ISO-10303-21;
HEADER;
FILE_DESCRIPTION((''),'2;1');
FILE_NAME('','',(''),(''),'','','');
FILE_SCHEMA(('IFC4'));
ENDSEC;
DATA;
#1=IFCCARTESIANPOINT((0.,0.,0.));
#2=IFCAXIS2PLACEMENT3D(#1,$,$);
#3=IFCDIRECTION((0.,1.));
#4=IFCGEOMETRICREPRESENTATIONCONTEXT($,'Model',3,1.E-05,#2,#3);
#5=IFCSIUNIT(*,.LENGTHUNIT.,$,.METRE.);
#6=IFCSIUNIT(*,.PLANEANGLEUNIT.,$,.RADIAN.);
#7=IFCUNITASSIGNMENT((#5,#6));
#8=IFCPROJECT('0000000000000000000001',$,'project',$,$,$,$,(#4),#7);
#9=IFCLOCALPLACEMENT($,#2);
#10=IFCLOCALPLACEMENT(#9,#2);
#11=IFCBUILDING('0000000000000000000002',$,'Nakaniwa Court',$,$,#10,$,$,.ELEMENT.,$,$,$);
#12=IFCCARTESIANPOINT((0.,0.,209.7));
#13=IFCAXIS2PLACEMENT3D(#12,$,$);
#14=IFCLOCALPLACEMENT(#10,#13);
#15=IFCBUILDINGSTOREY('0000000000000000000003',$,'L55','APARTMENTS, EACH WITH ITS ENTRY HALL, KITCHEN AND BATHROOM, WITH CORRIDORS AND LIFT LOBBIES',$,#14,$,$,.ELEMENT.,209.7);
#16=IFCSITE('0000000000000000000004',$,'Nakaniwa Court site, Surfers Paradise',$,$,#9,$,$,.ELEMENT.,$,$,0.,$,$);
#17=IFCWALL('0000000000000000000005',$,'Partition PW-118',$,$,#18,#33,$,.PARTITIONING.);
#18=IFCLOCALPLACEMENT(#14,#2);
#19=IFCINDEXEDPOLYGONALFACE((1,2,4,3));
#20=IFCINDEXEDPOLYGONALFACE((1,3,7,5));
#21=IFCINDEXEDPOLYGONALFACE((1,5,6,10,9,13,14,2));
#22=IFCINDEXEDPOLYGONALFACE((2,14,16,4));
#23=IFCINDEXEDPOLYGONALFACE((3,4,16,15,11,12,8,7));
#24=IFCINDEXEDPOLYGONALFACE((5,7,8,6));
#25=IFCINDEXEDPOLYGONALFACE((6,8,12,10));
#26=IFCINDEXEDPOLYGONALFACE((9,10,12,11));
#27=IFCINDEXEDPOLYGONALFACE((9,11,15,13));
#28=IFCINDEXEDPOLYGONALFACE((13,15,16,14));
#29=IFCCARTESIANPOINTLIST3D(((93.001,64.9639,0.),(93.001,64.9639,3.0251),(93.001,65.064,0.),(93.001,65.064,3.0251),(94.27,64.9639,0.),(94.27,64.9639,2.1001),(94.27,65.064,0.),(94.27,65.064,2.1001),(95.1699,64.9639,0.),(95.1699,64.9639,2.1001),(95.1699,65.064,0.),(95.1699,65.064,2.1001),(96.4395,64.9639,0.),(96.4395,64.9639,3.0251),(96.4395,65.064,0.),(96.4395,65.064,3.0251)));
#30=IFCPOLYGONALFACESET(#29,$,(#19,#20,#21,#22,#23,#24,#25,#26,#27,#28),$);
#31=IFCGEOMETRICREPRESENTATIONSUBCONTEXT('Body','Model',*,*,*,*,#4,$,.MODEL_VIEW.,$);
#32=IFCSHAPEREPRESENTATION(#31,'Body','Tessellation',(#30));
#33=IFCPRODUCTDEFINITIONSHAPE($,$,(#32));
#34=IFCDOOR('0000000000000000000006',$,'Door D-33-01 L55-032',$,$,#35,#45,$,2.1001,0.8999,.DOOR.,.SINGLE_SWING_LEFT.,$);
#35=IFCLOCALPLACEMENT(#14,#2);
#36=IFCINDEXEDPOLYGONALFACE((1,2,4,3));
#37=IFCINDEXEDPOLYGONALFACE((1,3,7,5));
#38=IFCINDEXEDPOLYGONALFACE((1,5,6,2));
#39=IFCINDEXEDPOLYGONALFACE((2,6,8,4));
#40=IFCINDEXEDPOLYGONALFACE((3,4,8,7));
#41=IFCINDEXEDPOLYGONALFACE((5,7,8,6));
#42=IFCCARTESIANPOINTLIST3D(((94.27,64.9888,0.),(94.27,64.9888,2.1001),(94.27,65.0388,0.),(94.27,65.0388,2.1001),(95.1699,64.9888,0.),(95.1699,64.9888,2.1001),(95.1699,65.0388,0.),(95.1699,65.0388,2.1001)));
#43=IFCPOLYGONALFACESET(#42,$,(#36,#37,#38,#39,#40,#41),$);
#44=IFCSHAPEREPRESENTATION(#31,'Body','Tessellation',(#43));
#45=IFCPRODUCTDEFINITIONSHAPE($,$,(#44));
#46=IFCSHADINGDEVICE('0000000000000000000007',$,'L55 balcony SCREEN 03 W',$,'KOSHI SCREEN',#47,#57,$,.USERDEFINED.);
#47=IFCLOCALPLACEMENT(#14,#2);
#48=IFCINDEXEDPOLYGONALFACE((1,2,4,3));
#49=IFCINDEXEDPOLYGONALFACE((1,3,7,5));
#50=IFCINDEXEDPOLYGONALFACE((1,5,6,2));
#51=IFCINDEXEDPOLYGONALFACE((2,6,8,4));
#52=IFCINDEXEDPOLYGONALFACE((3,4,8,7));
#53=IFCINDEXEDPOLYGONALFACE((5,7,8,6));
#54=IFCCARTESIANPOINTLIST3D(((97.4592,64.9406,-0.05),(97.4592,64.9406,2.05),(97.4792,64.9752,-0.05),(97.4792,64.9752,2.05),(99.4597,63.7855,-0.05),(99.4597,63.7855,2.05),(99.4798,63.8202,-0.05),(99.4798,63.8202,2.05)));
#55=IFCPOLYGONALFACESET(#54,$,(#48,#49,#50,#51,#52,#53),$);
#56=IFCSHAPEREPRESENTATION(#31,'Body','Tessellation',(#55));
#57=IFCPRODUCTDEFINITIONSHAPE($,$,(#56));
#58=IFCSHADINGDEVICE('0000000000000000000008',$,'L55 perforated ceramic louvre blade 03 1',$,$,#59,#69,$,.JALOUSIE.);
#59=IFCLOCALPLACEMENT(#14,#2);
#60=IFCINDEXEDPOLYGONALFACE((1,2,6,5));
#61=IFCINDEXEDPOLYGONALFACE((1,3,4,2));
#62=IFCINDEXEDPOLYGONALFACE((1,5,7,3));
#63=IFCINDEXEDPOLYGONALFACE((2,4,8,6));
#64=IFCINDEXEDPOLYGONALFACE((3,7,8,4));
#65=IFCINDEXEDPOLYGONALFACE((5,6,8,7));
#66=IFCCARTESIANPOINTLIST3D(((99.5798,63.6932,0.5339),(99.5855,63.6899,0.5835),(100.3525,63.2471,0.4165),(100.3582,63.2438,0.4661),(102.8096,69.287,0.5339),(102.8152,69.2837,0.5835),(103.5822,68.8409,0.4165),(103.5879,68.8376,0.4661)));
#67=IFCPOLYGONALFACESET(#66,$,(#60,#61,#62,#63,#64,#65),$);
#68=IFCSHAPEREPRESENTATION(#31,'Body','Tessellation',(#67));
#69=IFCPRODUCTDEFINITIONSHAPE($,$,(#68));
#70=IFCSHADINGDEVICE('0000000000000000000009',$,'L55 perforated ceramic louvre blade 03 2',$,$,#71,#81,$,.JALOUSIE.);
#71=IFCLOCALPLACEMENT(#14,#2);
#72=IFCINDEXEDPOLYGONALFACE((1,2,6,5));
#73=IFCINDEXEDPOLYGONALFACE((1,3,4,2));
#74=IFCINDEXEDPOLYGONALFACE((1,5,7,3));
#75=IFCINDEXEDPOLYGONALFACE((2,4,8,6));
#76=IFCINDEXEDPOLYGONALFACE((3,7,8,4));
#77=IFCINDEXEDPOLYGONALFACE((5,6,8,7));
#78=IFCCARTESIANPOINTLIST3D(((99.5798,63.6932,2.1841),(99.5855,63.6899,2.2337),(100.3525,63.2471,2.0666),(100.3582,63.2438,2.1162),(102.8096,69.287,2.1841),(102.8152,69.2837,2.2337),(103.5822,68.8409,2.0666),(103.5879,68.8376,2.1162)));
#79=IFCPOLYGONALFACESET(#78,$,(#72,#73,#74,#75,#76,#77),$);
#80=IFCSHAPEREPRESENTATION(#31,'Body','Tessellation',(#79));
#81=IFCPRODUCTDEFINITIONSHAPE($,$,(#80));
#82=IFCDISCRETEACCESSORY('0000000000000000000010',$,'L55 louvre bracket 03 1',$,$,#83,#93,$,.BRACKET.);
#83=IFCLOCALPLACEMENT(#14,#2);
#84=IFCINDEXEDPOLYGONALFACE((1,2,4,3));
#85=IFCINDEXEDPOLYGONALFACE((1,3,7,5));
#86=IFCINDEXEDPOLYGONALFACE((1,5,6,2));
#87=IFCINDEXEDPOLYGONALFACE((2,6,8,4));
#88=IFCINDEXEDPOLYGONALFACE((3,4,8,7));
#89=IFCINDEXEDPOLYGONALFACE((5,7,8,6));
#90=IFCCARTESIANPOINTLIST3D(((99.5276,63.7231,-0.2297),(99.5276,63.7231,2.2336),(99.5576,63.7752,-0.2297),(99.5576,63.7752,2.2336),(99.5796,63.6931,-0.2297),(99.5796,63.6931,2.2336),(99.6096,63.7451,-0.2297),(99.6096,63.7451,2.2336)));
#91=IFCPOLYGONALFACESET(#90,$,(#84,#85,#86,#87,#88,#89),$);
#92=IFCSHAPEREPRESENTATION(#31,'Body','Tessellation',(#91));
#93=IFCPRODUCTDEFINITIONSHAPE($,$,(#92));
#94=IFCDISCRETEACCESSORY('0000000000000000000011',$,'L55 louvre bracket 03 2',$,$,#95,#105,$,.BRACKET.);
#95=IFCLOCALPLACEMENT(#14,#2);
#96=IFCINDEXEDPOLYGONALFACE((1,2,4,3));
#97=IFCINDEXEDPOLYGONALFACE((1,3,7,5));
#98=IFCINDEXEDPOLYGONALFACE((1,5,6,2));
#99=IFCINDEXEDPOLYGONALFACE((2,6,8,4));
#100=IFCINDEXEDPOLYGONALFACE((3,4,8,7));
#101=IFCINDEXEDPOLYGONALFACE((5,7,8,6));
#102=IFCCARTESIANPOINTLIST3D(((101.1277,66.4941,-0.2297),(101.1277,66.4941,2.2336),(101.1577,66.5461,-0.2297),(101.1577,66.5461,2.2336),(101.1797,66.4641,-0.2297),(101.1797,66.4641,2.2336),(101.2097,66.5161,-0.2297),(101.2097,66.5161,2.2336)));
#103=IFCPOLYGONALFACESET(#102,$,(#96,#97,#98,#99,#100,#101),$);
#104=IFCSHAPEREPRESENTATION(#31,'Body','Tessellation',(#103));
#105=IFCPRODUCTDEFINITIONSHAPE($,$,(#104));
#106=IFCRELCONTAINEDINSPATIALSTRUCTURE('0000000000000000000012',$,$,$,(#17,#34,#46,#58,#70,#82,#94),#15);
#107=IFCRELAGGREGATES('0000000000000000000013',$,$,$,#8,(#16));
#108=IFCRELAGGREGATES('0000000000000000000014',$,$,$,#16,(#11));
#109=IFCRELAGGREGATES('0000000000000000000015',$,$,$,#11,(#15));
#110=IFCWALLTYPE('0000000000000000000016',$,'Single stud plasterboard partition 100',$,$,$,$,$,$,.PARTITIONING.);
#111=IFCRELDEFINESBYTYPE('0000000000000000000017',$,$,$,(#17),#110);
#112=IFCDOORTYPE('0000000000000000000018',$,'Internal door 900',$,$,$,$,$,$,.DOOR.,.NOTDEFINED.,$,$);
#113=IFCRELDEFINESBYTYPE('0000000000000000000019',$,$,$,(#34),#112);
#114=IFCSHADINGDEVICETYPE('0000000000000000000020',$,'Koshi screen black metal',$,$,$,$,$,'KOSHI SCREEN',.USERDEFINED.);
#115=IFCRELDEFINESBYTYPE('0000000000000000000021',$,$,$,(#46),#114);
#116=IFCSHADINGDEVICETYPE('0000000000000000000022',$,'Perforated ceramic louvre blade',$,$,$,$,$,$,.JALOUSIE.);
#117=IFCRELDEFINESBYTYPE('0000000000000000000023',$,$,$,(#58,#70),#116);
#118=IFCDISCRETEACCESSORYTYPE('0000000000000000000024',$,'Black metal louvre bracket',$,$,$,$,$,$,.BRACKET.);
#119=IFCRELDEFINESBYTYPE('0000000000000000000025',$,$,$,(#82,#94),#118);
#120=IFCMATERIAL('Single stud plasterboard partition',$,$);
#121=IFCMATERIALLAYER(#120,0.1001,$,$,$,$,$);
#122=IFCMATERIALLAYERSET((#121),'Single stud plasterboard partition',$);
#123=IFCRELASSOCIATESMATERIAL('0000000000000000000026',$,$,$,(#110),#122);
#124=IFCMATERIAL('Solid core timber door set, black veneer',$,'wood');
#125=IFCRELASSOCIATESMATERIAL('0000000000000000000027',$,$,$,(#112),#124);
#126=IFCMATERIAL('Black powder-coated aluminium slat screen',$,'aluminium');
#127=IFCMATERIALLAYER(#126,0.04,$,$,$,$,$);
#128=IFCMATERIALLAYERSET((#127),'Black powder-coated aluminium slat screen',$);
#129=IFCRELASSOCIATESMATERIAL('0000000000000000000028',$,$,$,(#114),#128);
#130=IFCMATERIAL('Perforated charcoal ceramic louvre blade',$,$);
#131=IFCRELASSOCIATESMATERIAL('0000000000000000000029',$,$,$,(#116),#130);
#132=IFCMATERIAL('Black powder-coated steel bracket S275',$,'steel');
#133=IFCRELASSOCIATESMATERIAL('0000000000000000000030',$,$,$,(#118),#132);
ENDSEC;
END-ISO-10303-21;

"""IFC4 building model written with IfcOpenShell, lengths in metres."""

from ifc_helpers import new_model, si_unit, direction, frame, frame_2d, origin, origin_2d, place, context, subcontext, project, spatial, rectangle, extrude, material, layer, layer_set, material_profile, profile_set, type_object, element, fill, save


model = new_model("IFC4")

# Units and contexts
model_context = context("Model", 3, precision=1e-05, world=origin(), true_north=direction((0.0, 1.0)))
body_context = subcontext(model_context, "Body", "Model", "MODEL_VIEW")
ifc_project = project(units=[si_unit("LENGTHUNIT", "METRE"), si_unit("PLANEANGLEUNIT", "RADIAN")], contexts=[model_context])

# Site, building, storey
site_placement = place(None, origin())
site = spatial("IfcSite", under=ifc_project, at=site_placement, Name="Nakaniwa Court site, Surfers Paradise", CompositionType="ELEMENT", RefElevation=0.0)
building_placement = place(site_placement, origin())
building = spatial("IfcBuilding", under=site, at=building_placement, Name="Nakaniwa Court", CompositionType="ELEMENT")
storey_placement = place(building_placement, frame((0.0, 0.0, 209.7)))
storey = spatial("IfcBuildingStorey", under=building, at=storey_placement, Name="L55", Description="APARTMENTS, EACH WITH ITS ENTRY HALL, KITCHEN AND BATHROOM, WITH CORRIDORS AND LIFT LOBBIES", CompositionType="ELEMENT", Elevation=209.7)

# Shared definitions
ifc_material_1 = material(Name="Solid core timber door set, black veneer", Category="wood")

# Wall, opening, door
ifc_material_2 = material(Name="Single stud plasterboard partition")
ifc_layer_1 = layer(ifc_material_2, 0.1001)
ifc_layer_set_1 = layer_set([ifc_layer_1], Name="Single stud plasterboard partition")
wall_type_1 = type_object("IfcWallType", Name="Single stud plasterboard partition 100", PredefinedType="PARTITIONING", material=ifc_layer_set_1)
wall_1_placement = place(storey_placement, frame((93.001, 65.0139, 0.0), z_axis=(0.0, 0.0, 1.0), x_axis=(1.0, 0.0, 0.0)))
wall_1 = element("IfcWall", 1, at=wall_1_placement, inside=storey, type_object=wall_type_1, Name="Partition PW-118", PredefinedType="PARTITIONING", context=body_context, shape_type="SweptSolid", body=[
    extrude(rectangle(XDim=3.4385, YDim=0.1001, at=frame_2d((1.7192, 0.0))), origin(), (0.0, 0.0, 1.0), 3.0251),
])
opening_1_placement = place(wall_1_placement, frame((1.269, 0.0, 0.0)))
opening_1 = element("IfcOpeningElement", 2, at=opening_1_placement, cuts=wall_1, PredefinedType="OPENING", context=body_context, shape_type="SweptSolid", body=[
    extrude(rectangle(XDim=0.8999, YDim=2.1001, at=frame_2d((0.45, 1.05))), frame((0.0, 0.0601, 0.0), z_axis=(0.0, -1.0, 0.0), x_axis=(1.0, 0.0, 0.0)), (0.0, 0.0, 1.0), 0.1201),
])
door_type_1 = type_object("IfcDoorType", Name="Internal door 900", OperationType="NOTDEFINED", PredefinedType="DOOR", material=ifc_material_1)
door_1_placement = place(opening_1_placement, origin())
door_1 = element("IfcDoor", 3, at=door_1_placement, inside=storey, type_object=door_type_1, Name="Door D-33-01 L55-032", OperationType="SINGLE_SWING_LEFT", OverallHeight=2.1001, OverallWidth=0.8999, PredefinedType="DOOR", context=body_context, shape_type="SweptSolid", body=[
    extrude(rectangle(XDim=0.8999, YDim=2.1001, at=frame_2d((0.45, 1.05))), frame((0.0, 0.0249, 0.0), z_axis=(0.0, -1.0, 0.0), x_axis=(1.0, 0.0, 0.0)), (0.0, 0.0, 1.0), 0.05),
])
fill(opening_1, door_1)

# Shading devices
ifc_material_3 = material(Name="Black powder-coated aluminium slat screen", Category="aluminium")
ifc_layer_2 = layer(ifc_material_3, 0.04)
ifc_layer_set_2 = layer_set([ifc_layer_2], Name="Black powder-coated aluminium slat screen")
shading_device_type_1 = type_object("IfcShadingDeviceType", Name="Koshi screen black metal", ElementType="KOSHI SCREEN", PredefinedType="USERDEFINED", material=ifc_layer_set_2)
shading_device_placement = place(storey_placement, frame((98.4695, 64.3804, -0.05), z_axis=(0.0, 0.0, 1.0), x_axis=(0.500017, 0.866016, 0.0)))
element("IfcShadingDevice", 4, at=shading_device_placement, inside=storey, type_object=shading_device_type_1, Name="L55 balcony SCREEN 03 W", ObjectType="KOSHI SCREEN", PredefinedType="USERDEFINED", context=body_context, shape_type="SweptSolid", body=[
    extrude(rectangle(XDim=0.04, YDim=2.3101, at=origin_2d()), origin(), (0.0, 0.0, 1.0), 2.1001),
])
ifc_material_4 = material(Name="Perforated charcoal ceramic louvre blade")
ifc_material_profile_1 = material_profile(ifc_material_4, rectangle(XDim=0.8999, YDim=0.05, at=origin_2d()), Name="Perforated ceramic louvre blade")
ifc_profile_set_1 = profile_set([ifc_material_profile_1], Name="Perforated charcoal ceramic louvre blade")
shading_device_type_2 = type_object("IfcShadingDeviceType", Name="Perforated ceramic louvre blade", PredefinedType="JALOUSIE", material=ifc_profile_set_1)
for number, where, z_axis, x_axis, name in (
    (5, (99.969, 63.4685, 0.5), (0.500021, 0.866013, 0.0), (-0.858604, 0.495744, 0.130526), "L55 perforated ceramic louvre blade 03 1"),
    (6, (99.969, 63.4685, 2.1501), (0.500021, 0.866013, 0.0), (-0.858604, 0.495744, 0.130526), "L55 perforated ceramic louvre blade 03 2"),
):
    element("IfcShadingDevice", number, at=place(storey_placement, frame(where, z_axis=z_axis, x_axis=x_axis)), inside=storey, type_object=shading_device_type_2, Name=name, PredefinedType="JALOUSIE", context=body_context, shape_type="SweptSolid", body=[
        extrude(rectangle(XDim=0.8999, YDim=0.05, at=origin_2d()), origin(), (0.0, 0.0, 1.0), 6.4592),
    ])

# Discrete accessories
ifc_material_5 = material(Name="Black powder-coated steel bracket S275", Category="steel")
discrete_accessory_type = type_object("IfcDiscreteAccessoryType", Name="Black metal louvre bracket", PredefinedType="BRACKET", material=ifc_material_5)
for number, where, z_axis, x_axis, name in (
    (7, (99.5686, 63.7341, -0.2297), (0.0, 0.0, 1.0), (0.500017, 0.866016, 0.0), "L55 louvre bracket 03 1"),
    (8, (101.1687, 66.5051, -0.2297), (0.0, 0.0, 1.0), (0.500017, 0.866016, 0.0), "L55 louvre bracket 03 2"),
):
    element("IfcDiscreteAccessory", number, at=place(storey_placement, frame(where, z_axis=z_axis, x_axis=x_axis)), inside=storey, type_object=discrete_accessory_type, Name=name, PredefinedType="BRACKET", context=body_context, shape_type="SweptSolid", body=[
        extrude(rectangle(XDim=0.0601, YDim=0.0601, at=origin_2d()), origin(), (0.0, 0.0, 1.0), 2.4634),
    ])

save(model, "model.ifc")
